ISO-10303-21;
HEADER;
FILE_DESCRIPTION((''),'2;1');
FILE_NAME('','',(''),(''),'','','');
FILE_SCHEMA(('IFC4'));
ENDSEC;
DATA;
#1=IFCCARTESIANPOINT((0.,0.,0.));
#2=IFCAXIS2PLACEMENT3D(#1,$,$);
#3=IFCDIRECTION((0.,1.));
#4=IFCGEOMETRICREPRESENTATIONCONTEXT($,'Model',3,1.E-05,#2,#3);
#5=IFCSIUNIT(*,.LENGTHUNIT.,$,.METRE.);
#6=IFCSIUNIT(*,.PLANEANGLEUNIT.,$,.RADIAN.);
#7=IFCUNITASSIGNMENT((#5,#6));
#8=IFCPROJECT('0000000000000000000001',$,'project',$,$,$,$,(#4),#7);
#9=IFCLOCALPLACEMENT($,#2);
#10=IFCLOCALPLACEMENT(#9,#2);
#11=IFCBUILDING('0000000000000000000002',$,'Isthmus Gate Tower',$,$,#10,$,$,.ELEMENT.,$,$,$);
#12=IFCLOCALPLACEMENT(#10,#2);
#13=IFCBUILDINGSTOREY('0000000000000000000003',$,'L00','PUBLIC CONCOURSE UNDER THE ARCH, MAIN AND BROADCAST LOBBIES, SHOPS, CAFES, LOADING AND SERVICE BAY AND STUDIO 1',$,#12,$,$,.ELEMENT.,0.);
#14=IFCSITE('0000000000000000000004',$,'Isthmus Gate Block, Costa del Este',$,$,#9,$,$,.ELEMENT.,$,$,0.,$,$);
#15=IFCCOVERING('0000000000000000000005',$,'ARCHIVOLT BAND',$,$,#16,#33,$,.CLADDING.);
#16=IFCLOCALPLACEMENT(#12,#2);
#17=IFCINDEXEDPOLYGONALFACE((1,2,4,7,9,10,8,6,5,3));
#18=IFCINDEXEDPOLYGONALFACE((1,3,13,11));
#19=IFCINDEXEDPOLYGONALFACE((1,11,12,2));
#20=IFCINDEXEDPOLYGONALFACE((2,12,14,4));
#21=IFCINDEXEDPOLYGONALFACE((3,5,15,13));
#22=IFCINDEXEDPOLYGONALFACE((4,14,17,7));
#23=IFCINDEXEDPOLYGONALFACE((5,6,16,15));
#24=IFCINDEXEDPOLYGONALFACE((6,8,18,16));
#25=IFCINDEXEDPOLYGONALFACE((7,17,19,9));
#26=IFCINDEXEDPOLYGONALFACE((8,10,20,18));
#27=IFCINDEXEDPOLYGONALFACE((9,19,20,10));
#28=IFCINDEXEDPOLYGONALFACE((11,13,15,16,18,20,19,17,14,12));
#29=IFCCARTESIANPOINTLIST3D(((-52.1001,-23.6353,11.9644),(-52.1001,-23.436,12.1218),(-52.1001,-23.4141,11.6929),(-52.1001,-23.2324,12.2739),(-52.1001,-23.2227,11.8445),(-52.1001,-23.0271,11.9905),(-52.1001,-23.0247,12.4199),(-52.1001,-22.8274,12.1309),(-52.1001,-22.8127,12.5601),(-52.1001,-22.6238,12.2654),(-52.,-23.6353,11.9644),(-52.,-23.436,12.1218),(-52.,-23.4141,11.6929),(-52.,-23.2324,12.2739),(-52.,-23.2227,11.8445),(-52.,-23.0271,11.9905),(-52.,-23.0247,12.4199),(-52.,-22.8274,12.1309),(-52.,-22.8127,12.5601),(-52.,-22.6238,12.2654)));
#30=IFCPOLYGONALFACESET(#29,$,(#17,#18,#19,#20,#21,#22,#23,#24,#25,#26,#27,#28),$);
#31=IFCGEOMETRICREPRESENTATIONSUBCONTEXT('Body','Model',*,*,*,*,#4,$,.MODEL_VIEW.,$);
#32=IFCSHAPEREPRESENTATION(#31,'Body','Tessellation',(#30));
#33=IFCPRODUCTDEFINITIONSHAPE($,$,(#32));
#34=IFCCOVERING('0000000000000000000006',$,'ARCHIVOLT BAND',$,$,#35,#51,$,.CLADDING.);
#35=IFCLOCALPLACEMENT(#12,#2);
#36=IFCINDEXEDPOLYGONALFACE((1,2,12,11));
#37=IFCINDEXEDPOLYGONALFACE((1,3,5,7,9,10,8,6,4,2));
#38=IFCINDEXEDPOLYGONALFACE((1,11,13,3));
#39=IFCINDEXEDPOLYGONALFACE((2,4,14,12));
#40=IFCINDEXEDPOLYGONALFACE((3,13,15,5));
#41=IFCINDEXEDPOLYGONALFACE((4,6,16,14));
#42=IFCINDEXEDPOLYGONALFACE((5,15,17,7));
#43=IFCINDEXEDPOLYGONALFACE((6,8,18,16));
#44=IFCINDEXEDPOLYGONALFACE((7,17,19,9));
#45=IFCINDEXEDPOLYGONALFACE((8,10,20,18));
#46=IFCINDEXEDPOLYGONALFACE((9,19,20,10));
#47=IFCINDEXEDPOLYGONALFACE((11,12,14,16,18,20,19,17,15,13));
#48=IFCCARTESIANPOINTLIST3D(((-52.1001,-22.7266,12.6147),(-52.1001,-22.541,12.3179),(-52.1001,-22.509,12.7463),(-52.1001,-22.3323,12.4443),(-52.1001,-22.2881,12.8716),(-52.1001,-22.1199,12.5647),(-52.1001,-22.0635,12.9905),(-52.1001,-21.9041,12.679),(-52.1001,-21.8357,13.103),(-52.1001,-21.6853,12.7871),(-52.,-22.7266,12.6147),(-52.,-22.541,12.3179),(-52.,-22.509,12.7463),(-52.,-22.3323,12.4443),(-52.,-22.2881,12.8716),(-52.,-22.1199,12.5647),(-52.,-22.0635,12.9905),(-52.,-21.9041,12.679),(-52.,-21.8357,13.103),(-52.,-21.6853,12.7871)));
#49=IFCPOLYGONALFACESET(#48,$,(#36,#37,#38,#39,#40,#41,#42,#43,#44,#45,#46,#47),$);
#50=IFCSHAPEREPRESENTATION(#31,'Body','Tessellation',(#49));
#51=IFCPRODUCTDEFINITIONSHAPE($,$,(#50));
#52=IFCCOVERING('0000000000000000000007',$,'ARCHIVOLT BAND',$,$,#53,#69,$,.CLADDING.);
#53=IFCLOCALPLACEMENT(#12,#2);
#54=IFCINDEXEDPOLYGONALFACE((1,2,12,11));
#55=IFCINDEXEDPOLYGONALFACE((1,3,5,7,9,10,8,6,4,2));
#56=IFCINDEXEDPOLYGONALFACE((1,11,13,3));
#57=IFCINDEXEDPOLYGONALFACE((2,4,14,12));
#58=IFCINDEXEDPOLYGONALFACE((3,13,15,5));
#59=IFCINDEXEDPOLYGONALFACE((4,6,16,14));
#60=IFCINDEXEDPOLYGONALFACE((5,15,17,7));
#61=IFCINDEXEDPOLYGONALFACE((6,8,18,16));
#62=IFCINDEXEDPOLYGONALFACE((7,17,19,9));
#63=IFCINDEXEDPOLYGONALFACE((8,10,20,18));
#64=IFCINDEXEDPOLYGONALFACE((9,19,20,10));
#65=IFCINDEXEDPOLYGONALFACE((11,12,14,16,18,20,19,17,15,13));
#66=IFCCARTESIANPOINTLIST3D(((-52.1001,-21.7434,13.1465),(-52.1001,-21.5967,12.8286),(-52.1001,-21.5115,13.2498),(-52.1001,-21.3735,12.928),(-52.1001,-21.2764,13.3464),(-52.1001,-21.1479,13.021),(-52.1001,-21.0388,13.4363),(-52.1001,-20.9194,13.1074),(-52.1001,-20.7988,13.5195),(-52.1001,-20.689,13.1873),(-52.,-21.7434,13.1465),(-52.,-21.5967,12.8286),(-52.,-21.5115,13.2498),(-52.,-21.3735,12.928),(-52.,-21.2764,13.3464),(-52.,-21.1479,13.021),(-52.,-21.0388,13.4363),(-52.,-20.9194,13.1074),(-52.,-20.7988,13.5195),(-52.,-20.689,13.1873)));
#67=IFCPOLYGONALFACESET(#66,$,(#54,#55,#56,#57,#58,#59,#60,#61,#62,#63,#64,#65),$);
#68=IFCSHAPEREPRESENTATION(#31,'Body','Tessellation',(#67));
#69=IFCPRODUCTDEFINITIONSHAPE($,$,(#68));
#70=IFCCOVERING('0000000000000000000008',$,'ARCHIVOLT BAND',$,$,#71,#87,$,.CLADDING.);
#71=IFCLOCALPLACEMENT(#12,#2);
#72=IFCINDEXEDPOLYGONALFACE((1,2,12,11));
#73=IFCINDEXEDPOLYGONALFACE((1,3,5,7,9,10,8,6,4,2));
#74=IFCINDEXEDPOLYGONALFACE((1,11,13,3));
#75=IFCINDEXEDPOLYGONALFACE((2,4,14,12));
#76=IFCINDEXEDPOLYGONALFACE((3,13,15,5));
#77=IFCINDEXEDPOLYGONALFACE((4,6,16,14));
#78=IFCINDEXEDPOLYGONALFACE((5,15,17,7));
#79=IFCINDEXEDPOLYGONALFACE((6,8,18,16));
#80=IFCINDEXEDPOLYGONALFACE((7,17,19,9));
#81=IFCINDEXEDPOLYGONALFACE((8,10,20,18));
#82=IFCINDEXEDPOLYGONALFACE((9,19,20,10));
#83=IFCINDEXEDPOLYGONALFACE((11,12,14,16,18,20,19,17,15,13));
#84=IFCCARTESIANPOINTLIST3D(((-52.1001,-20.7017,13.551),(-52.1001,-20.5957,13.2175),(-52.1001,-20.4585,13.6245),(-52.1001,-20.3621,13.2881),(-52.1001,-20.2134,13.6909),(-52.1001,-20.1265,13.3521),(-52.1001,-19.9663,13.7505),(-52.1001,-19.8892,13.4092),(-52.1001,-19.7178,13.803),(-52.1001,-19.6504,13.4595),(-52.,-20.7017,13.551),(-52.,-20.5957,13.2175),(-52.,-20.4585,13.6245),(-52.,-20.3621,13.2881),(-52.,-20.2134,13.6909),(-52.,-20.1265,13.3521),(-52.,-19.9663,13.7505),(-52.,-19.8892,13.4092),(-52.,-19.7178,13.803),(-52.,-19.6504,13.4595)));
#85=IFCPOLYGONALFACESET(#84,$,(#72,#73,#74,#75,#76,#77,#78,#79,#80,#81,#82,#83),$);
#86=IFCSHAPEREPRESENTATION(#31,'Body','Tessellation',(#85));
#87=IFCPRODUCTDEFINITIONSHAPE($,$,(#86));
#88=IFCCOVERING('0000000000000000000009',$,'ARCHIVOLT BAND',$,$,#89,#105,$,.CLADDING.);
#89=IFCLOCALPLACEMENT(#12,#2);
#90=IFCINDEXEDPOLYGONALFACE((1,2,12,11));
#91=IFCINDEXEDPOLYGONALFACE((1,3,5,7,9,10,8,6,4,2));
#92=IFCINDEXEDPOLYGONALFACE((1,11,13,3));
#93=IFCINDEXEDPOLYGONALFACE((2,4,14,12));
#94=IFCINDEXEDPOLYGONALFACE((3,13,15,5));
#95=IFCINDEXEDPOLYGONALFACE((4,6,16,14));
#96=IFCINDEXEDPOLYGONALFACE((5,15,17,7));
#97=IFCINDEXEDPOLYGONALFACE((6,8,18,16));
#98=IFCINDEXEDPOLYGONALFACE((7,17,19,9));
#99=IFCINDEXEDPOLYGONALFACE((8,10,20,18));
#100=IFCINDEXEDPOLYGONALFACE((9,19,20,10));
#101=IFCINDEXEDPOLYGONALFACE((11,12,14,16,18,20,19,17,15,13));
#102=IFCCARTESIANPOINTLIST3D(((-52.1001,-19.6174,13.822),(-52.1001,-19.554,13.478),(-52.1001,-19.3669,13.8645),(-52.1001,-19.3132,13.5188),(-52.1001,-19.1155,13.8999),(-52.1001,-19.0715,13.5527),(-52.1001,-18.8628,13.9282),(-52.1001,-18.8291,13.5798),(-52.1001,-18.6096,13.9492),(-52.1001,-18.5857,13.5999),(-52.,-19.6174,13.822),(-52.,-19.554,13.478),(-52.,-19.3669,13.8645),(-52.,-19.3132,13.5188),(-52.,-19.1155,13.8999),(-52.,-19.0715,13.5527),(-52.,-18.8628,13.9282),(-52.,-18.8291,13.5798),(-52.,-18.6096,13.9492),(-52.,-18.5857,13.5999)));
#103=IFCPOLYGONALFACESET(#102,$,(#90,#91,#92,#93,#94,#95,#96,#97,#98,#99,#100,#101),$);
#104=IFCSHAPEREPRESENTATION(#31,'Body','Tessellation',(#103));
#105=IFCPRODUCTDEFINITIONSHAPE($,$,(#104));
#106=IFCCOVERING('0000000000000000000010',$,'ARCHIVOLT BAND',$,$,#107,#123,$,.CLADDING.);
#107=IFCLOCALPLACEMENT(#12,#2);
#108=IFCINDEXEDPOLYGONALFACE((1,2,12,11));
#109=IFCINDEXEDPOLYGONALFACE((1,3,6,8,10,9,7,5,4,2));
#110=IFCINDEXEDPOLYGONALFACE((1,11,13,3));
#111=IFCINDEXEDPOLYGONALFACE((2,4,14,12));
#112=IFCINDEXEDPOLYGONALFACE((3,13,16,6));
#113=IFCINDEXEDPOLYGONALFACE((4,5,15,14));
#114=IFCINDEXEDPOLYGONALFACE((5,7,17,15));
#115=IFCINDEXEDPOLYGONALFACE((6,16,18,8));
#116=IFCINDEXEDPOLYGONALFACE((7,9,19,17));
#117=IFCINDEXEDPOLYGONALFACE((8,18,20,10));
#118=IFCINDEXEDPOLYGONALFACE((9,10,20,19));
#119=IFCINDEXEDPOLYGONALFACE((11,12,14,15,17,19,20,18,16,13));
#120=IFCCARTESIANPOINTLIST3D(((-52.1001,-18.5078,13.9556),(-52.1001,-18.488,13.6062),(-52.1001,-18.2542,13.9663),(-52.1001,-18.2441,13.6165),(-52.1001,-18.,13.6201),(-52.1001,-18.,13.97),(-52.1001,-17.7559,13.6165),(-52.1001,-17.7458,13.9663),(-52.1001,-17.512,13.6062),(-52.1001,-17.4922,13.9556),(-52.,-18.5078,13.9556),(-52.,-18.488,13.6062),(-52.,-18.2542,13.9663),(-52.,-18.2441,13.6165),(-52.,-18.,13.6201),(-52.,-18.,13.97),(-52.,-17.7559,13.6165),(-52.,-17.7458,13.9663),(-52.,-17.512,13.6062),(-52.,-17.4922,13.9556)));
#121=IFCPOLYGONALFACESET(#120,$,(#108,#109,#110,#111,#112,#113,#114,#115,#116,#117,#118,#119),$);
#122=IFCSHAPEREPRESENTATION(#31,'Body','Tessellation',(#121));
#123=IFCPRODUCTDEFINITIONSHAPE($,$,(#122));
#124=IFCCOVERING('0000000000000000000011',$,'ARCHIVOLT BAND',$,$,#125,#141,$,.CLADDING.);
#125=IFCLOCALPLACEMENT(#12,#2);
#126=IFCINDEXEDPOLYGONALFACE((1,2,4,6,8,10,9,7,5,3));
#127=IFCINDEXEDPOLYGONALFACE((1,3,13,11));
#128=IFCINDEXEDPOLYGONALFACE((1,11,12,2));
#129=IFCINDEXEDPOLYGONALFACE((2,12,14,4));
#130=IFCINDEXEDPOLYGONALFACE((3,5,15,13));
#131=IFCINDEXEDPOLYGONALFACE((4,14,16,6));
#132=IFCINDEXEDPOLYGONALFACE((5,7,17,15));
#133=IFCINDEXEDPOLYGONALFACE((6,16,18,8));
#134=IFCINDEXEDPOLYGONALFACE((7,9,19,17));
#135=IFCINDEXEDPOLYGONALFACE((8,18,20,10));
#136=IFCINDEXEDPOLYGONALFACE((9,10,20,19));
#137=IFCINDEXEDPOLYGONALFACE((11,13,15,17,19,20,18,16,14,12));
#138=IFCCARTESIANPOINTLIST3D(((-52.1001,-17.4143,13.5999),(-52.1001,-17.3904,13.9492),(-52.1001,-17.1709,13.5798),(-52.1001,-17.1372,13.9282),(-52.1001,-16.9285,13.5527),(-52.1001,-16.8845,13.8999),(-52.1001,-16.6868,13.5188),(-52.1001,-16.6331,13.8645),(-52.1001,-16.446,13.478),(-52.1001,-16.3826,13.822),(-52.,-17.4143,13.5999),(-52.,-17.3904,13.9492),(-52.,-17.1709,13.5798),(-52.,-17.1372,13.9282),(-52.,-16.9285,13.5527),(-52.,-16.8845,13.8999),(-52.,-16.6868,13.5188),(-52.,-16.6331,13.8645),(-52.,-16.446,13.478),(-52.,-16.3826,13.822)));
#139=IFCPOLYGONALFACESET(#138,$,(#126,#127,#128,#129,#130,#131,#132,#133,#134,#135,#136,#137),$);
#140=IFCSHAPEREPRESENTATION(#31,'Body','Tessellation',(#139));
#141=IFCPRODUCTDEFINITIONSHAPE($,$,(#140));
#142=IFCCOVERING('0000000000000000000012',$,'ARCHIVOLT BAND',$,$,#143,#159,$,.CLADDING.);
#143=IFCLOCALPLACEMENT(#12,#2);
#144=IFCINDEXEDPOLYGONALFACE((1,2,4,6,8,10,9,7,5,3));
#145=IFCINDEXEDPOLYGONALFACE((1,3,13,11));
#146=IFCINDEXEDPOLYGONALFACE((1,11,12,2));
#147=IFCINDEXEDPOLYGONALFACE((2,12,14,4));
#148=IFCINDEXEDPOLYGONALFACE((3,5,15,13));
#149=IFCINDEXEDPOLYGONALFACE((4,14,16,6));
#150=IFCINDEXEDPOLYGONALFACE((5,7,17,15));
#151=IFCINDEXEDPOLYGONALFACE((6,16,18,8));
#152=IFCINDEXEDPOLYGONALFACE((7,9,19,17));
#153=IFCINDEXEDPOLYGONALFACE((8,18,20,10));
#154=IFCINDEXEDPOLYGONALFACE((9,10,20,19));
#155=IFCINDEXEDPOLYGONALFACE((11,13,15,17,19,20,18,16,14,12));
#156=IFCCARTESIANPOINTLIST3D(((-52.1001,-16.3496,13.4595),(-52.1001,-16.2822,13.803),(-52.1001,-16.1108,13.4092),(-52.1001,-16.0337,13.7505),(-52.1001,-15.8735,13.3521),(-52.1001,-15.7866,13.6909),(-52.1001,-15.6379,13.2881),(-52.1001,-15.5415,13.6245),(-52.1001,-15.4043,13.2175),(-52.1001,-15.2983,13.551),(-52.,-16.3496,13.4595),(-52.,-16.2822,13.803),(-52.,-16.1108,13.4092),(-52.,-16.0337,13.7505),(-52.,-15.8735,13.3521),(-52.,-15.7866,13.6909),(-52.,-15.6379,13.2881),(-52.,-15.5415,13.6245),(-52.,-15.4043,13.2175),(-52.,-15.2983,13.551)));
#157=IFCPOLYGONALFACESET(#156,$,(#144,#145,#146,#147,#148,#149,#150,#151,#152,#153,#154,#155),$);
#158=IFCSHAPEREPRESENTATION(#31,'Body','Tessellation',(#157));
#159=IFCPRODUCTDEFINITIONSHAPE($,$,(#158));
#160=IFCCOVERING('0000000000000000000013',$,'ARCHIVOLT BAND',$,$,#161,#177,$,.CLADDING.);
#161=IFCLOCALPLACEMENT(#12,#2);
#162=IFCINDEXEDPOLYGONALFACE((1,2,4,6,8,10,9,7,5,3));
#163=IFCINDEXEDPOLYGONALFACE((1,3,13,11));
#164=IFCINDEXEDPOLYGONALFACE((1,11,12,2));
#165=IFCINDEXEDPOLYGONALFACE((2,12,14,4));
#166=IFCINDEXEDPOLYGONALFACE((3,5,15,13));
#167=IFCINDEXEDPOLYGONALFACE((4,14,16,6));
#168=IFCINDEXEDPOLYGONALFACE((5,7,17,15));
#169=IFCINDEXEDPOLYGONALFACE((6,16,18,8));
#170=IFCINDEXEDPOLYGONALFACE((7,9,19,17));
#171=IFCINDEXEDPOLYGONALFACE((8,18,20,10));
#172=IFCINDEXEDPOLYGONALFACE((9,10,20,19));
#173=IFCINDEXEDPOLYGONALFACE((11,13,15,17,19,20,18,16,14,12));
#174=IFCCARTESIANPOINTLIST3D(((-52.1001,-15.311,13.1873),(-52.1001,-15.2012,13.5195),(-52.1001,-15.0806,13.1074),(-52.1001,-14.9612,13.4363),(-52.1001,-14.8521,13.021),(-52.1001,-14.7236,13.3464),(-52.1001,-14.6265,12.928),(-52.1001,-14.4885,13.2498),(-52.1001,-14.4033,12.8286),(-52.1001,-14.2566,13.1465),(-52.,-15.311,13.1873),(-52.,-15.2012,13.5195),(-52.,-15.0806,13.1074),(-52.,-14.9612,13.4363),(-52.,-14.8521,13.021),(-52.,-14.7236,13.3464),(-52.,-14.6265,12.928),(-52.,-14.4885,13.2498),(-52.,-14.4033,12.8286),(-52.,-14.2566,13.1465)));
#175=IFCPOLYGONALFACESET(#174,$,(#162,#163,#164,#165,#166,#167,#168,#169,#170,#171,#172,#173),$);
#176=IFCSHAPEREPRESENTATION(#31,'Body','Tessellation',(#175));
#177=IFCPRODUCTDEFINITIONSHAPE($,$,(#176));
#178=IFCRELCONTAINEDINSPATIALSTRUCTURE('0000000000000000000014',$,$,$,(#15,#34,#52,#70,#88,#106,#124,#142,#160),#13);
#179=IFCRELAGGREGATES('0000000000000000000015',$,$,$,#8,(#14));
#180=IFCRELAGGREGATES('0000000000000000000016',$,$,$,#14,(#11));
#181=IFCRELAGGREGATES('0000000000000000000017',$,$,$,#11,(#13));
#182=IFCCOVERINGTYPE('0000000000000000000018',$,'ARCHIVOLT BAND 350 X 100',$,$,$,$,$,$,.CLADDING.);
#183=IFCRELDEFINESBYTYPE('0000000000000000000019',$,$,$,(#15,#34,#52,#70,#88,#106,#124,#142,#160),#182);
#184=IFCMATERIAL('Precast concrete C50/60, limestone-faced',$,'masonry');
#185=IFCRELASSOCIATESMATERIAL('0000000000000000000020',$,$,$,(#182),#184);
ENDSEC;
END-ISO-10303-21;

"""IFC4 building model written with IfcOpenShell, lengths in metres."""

from ifc_helpers import new_model, si_unit, direction, frame, origin, place, context, subcontext, project, spatial, polyline, outline, extrude, material, type_object, element, save


model = new_model("IFC4")

# Units and contexts
model_context = context("Model", 3, precision=1e-05, world=origin(), true_north=direction((0.0, 1.0)))
body_context = subcontext(model_context, "Body", "Model", "MODEL_VIEW")
ifc_project = project(units=[si_unit("LENGTHUNIT", "METRE"), si_unit("PLANEANGLEUNIT", "RADIAN")], contexts=[model_context])

# Site, building, storey
site_placement = place(None, origin())
site = spatial("IfcSite", under=ifc_project, at=site_placement, Name="Isthmus Gate Block, Costa del Este", CompositionType="ELEMENT", RefElevation=0.0)
building_placement = place(site_placement, origin())
building = spatial("IfcBuilding", under=site, at=building_placement, Name="Isthmus Gate Tower", CompositionType="ELEMENT")
storey_placement = place(building_placement, origin())
storey = spatial("IfcBuildingStorey", under=building, at=storey_placement, Name="L00", Description="PUBLIC CONCOURSE UNDER THE ARCH, MAIN AND BROADCAST LOBBIES, SHOPS, CAFES, LOADING AND SERVICE BAY AND STUDIO 1", CompositionType="ELEMENT", Elevation=0.0)

# Coverings
ifc_material_1 = material(Name="Precast concrete C50/60, limestone-faced", Category="masonry")
covering_type_1 = type_object("IfcCoveringType", Name="ARCHIVOLT BAND 350 X 100", PredefinedType="CLADDING", material=ifc_material_1)
covering_1_placement = place(storey_placement, frame((-52.1001, -23.6353, 11.9644), z_axis=(-1.0, 0.0, 0.0), x_axis=(0.0, 0.784513, 0.620112)))
element("IfcCovering", 1, at=covering_1_placement, inside=storey, type_object=covering_type_1, Name="ARCHIVOLT BAND", PredefinedType="CLADDING", context=body_context, shape_type="SweptSolid", body=[
    extrude(outline(polyline([(0.0, 0.0), (0.2539, 0.0), (0.508, 0.0069), (0.7615, 0.0212), (1.0147, 0.0427), (0.9802, 0.3911), (0.737, 0.3703), (0.4933, 0.3566), (0.2494, 0.3499), (0.0052, 0.3501), (0.0, 0.0)])), origin(), (0.0, 0.0, -1.0), 0.1001),
])
covering_2_placement = place(storey_placement, frame((-52.1001, -22.7266, 12.6147), z_axis=(-1.0, 0.0, 0.0), x_axis=(0.0, 0.855623, 0.517599)))
element("IfcCovering", 2, at=covering_2_placement, inside=storey, type_object=covering_type_1, Name="ARCHIVOLT BAND", PredefinedType="CLADDING", context=body_context, shape_type="SweptSolid", body=[
    extrude(outline(polyline([(0.0, 0.0), (0.2542, 0.0), (0.5081, 0.0072), (0.7618, 0.0217), (1.015, 0.0433), (0.9801, 0.3915), (0.737, 0.3708), (0.4932, 0.3568), (0.2492, 0.3499), (0.0051, 0.3501), (0.0, 0.0)])), origin(), (0.0, 0.0, -1.0), 0.1001),
])
covering_3_placement = place(storey_placement, frame((-52.1001, -21.7434, 13.1465), z_axis=(-1.0, 0.0, 0.0), x_axis=(0.0, 0.913534, 0.406763)))
element("IfcCovering", 3, at=covering_3_placement, inside=storey, type_object=covering_type_1, Name="ARCHIVOLT BAND", PredefinedType="CLADDING", context=body_context, shape_type="SweptSolid", body=[
    extrude(outline(polyline([(0.0, 0.0), (0.2539, 0.0), (0.508, 0.0073), (0.7615, 0.0219), (1.0146, 0.0434), (0.9799, 0.3917), (0.7368, 0.3708), (0.4929, 0.3568), (0.249, 0.3501), (0.0047, 0.3501), (0.0, 0.0)])), origin(), (0.0, 0.0, -1.0), 0.1001),
])
covering_4_placement = place(storey_placement, frame((-52.1001, -20.7017, 13.551), z_axis=(-1.0, 0.0, 0.0), x_axis=(0.0, 0.957242, 0.289287)))
element("IfcCovering", 4, at=covering_4_placement, inside=storey, type_object=covering_type_1, Name="ARCHIVOLT BAND", PredefinedType="CLADDING", context=body_context, shape_type="SweptSolid", body=[
    extrude(outline(polyline([(0.0, 0.0), (0.254, 0.0), (0.5079, 0.0073), (0.7616, 0.0218), (1.0147, 0.0434), (0.9798, 0.3918), (0.7367, 0.3708), (0.493, 0.3569), (0.249, 0.3499), (0.005, 0.3499), (0.0, 0.0)])), origin(), (0.0, 0.0, -1.0), 0.1001),
])
covering_5_placement = place(storey_placement, frame((-52.1001, -19.6174, 13.822), z_axis=(-1.0, 0.0, 0.0), x_axis=(0.0, 0.985922, 0.167203)))
element("IfcCovering", 5, at=covering_5_placement, inside=storey, type_object=covering_type_1, Name="ARCHIVOLT BAND", PredefinedType="CLADDING", context=body_context, shape_type="SweptSolid", body=[
    extrude(outline(polyline([(0.0, 0.0), (0.2541, 0.0), (0.5079, 0.0071), (0.7618, 0.0215), (1.0149, 0.0431), (0.9801, 0.3916), (0.7367, 0.3706), (0.4932, 0.3568), (0.2492, 0.3498), (0.0051, 0.3498), (0.0, 0.0)])), origin(), (0.0, 0.0, -1.0), 0.1001),
])
covering_6_placement = place(storey_placement, frame((-52.1001, -18.5078, 13.9556), z_axis=(-1.0, 0.0, 0.0), x_axis=(0.0, 0.999105, 0.04231)))
element("IfcCovering", 6, at=covering_6_placement, inside=storey, type_object=covering_type_1, Name="ARCHIVOLT BAND", PredefinedType="CLADDING", context=body_context, shape_type="SweptSolid", body=[
    extrude(outline(polyline([(0.0, 0.0), (0.2539, 0.0), (0.508, 0.0071), (0.7617, 0.0215), (1.0147, 0.043), (0.9802, 0.3912), (0.7369, 0.3706), (0.4932, 0.3566), (0.2491, 0.35), (0.005, 0.3499), (0.0, 0.0)])), origin(), (0.0, 0.0, -1.0), 0.1001),
])
covering_7_placement = place(storey_placement, frame((-52.1001, -17.3904, 13.9492), z_axis=(-1.0, 0.0, 0.0), x_axis=(0.0, 0.996579, -0.082648)))
element("IfcCovering", 7, at=covering_7_placement, inside=storey, type_object=covering_type_1, Name="ARCHIVOLT BAND", PredefinedType="CLADDING", context=body_context, shape_type="SweptSolid", body=[
    extrude(outline(polyline([(0.0, 0.0), (0.254, 0.0), (0.5082, 0.0073), (0.7617, 0.0218), (1.0149, 0.0435), (0.98, 0.3915), (0.7368, 0.3708), (0.4931, 0.357), (0.2493, 0.35), (0.005, 0.3501), (0.0, 0.0)])), origin(), (0.0, 0.0, -1.0), 0.1001),
])
covering_8_placement = place(storey_placement, frame((-52.1001, -16.2822, 13.803), z_axis=(-1.0, 0.0, 0.0), x_axis=(0.0, 0.978417, -0.20664)))
element("IfcCovering", 8, at=covering_8_placement, inside=storey, type_object=covering_type_1, Name="ARCHIVOLT BAND", PredefinedType="CLADDING", context=body_context, shape_type="SweptSolid", body=[
    extrude(outline(polyline([(0.0, 0.0), (0.254, 0.0), (0.5081, 0.0072), (0.7616, 0.0216), (1.0147, 0.0432), (0.98, 0.3914), (0.7368, 0.3706), (0.4931, 0.3567), (0.2491, 0.3499), (0.0051, 0.35), (0.0, 0.0)])), origin(), (0.0, 0.0, -1.0), 0.1001),
])
covering_9_placement = place(storey_placement, frame((-52.1001, -15.2012, 13.5195), z_axis=(-1.0, 0.0, 0.0), x_axis=(0.0, 0.944769, -0.327738)))
element("IfcCovering", 9, at=covering_9_placement, inside=storey, type_object=covering_type_1, Name="ARCHIVOLT BAND", PredefinedType="CLADDING", context=body_context, shape_type="SweptSolid", body=[
    extrude(outline(polyline([(0.0, 0.0), (0.254, 0.0), (0.5079, 0.007), (0.7617, 0.0213), (1.0147, 0.0429), (0.9802, 0.3913), (0.7368, 0.3705), (0.4932, 0.3566), (0.249, 0.3498), (0.0051, 0.3499), (0.0, 0.0)])), origin(), (0.0, 0.0, -1.0), 0.1001),
])

save(model, "model.ifc")
